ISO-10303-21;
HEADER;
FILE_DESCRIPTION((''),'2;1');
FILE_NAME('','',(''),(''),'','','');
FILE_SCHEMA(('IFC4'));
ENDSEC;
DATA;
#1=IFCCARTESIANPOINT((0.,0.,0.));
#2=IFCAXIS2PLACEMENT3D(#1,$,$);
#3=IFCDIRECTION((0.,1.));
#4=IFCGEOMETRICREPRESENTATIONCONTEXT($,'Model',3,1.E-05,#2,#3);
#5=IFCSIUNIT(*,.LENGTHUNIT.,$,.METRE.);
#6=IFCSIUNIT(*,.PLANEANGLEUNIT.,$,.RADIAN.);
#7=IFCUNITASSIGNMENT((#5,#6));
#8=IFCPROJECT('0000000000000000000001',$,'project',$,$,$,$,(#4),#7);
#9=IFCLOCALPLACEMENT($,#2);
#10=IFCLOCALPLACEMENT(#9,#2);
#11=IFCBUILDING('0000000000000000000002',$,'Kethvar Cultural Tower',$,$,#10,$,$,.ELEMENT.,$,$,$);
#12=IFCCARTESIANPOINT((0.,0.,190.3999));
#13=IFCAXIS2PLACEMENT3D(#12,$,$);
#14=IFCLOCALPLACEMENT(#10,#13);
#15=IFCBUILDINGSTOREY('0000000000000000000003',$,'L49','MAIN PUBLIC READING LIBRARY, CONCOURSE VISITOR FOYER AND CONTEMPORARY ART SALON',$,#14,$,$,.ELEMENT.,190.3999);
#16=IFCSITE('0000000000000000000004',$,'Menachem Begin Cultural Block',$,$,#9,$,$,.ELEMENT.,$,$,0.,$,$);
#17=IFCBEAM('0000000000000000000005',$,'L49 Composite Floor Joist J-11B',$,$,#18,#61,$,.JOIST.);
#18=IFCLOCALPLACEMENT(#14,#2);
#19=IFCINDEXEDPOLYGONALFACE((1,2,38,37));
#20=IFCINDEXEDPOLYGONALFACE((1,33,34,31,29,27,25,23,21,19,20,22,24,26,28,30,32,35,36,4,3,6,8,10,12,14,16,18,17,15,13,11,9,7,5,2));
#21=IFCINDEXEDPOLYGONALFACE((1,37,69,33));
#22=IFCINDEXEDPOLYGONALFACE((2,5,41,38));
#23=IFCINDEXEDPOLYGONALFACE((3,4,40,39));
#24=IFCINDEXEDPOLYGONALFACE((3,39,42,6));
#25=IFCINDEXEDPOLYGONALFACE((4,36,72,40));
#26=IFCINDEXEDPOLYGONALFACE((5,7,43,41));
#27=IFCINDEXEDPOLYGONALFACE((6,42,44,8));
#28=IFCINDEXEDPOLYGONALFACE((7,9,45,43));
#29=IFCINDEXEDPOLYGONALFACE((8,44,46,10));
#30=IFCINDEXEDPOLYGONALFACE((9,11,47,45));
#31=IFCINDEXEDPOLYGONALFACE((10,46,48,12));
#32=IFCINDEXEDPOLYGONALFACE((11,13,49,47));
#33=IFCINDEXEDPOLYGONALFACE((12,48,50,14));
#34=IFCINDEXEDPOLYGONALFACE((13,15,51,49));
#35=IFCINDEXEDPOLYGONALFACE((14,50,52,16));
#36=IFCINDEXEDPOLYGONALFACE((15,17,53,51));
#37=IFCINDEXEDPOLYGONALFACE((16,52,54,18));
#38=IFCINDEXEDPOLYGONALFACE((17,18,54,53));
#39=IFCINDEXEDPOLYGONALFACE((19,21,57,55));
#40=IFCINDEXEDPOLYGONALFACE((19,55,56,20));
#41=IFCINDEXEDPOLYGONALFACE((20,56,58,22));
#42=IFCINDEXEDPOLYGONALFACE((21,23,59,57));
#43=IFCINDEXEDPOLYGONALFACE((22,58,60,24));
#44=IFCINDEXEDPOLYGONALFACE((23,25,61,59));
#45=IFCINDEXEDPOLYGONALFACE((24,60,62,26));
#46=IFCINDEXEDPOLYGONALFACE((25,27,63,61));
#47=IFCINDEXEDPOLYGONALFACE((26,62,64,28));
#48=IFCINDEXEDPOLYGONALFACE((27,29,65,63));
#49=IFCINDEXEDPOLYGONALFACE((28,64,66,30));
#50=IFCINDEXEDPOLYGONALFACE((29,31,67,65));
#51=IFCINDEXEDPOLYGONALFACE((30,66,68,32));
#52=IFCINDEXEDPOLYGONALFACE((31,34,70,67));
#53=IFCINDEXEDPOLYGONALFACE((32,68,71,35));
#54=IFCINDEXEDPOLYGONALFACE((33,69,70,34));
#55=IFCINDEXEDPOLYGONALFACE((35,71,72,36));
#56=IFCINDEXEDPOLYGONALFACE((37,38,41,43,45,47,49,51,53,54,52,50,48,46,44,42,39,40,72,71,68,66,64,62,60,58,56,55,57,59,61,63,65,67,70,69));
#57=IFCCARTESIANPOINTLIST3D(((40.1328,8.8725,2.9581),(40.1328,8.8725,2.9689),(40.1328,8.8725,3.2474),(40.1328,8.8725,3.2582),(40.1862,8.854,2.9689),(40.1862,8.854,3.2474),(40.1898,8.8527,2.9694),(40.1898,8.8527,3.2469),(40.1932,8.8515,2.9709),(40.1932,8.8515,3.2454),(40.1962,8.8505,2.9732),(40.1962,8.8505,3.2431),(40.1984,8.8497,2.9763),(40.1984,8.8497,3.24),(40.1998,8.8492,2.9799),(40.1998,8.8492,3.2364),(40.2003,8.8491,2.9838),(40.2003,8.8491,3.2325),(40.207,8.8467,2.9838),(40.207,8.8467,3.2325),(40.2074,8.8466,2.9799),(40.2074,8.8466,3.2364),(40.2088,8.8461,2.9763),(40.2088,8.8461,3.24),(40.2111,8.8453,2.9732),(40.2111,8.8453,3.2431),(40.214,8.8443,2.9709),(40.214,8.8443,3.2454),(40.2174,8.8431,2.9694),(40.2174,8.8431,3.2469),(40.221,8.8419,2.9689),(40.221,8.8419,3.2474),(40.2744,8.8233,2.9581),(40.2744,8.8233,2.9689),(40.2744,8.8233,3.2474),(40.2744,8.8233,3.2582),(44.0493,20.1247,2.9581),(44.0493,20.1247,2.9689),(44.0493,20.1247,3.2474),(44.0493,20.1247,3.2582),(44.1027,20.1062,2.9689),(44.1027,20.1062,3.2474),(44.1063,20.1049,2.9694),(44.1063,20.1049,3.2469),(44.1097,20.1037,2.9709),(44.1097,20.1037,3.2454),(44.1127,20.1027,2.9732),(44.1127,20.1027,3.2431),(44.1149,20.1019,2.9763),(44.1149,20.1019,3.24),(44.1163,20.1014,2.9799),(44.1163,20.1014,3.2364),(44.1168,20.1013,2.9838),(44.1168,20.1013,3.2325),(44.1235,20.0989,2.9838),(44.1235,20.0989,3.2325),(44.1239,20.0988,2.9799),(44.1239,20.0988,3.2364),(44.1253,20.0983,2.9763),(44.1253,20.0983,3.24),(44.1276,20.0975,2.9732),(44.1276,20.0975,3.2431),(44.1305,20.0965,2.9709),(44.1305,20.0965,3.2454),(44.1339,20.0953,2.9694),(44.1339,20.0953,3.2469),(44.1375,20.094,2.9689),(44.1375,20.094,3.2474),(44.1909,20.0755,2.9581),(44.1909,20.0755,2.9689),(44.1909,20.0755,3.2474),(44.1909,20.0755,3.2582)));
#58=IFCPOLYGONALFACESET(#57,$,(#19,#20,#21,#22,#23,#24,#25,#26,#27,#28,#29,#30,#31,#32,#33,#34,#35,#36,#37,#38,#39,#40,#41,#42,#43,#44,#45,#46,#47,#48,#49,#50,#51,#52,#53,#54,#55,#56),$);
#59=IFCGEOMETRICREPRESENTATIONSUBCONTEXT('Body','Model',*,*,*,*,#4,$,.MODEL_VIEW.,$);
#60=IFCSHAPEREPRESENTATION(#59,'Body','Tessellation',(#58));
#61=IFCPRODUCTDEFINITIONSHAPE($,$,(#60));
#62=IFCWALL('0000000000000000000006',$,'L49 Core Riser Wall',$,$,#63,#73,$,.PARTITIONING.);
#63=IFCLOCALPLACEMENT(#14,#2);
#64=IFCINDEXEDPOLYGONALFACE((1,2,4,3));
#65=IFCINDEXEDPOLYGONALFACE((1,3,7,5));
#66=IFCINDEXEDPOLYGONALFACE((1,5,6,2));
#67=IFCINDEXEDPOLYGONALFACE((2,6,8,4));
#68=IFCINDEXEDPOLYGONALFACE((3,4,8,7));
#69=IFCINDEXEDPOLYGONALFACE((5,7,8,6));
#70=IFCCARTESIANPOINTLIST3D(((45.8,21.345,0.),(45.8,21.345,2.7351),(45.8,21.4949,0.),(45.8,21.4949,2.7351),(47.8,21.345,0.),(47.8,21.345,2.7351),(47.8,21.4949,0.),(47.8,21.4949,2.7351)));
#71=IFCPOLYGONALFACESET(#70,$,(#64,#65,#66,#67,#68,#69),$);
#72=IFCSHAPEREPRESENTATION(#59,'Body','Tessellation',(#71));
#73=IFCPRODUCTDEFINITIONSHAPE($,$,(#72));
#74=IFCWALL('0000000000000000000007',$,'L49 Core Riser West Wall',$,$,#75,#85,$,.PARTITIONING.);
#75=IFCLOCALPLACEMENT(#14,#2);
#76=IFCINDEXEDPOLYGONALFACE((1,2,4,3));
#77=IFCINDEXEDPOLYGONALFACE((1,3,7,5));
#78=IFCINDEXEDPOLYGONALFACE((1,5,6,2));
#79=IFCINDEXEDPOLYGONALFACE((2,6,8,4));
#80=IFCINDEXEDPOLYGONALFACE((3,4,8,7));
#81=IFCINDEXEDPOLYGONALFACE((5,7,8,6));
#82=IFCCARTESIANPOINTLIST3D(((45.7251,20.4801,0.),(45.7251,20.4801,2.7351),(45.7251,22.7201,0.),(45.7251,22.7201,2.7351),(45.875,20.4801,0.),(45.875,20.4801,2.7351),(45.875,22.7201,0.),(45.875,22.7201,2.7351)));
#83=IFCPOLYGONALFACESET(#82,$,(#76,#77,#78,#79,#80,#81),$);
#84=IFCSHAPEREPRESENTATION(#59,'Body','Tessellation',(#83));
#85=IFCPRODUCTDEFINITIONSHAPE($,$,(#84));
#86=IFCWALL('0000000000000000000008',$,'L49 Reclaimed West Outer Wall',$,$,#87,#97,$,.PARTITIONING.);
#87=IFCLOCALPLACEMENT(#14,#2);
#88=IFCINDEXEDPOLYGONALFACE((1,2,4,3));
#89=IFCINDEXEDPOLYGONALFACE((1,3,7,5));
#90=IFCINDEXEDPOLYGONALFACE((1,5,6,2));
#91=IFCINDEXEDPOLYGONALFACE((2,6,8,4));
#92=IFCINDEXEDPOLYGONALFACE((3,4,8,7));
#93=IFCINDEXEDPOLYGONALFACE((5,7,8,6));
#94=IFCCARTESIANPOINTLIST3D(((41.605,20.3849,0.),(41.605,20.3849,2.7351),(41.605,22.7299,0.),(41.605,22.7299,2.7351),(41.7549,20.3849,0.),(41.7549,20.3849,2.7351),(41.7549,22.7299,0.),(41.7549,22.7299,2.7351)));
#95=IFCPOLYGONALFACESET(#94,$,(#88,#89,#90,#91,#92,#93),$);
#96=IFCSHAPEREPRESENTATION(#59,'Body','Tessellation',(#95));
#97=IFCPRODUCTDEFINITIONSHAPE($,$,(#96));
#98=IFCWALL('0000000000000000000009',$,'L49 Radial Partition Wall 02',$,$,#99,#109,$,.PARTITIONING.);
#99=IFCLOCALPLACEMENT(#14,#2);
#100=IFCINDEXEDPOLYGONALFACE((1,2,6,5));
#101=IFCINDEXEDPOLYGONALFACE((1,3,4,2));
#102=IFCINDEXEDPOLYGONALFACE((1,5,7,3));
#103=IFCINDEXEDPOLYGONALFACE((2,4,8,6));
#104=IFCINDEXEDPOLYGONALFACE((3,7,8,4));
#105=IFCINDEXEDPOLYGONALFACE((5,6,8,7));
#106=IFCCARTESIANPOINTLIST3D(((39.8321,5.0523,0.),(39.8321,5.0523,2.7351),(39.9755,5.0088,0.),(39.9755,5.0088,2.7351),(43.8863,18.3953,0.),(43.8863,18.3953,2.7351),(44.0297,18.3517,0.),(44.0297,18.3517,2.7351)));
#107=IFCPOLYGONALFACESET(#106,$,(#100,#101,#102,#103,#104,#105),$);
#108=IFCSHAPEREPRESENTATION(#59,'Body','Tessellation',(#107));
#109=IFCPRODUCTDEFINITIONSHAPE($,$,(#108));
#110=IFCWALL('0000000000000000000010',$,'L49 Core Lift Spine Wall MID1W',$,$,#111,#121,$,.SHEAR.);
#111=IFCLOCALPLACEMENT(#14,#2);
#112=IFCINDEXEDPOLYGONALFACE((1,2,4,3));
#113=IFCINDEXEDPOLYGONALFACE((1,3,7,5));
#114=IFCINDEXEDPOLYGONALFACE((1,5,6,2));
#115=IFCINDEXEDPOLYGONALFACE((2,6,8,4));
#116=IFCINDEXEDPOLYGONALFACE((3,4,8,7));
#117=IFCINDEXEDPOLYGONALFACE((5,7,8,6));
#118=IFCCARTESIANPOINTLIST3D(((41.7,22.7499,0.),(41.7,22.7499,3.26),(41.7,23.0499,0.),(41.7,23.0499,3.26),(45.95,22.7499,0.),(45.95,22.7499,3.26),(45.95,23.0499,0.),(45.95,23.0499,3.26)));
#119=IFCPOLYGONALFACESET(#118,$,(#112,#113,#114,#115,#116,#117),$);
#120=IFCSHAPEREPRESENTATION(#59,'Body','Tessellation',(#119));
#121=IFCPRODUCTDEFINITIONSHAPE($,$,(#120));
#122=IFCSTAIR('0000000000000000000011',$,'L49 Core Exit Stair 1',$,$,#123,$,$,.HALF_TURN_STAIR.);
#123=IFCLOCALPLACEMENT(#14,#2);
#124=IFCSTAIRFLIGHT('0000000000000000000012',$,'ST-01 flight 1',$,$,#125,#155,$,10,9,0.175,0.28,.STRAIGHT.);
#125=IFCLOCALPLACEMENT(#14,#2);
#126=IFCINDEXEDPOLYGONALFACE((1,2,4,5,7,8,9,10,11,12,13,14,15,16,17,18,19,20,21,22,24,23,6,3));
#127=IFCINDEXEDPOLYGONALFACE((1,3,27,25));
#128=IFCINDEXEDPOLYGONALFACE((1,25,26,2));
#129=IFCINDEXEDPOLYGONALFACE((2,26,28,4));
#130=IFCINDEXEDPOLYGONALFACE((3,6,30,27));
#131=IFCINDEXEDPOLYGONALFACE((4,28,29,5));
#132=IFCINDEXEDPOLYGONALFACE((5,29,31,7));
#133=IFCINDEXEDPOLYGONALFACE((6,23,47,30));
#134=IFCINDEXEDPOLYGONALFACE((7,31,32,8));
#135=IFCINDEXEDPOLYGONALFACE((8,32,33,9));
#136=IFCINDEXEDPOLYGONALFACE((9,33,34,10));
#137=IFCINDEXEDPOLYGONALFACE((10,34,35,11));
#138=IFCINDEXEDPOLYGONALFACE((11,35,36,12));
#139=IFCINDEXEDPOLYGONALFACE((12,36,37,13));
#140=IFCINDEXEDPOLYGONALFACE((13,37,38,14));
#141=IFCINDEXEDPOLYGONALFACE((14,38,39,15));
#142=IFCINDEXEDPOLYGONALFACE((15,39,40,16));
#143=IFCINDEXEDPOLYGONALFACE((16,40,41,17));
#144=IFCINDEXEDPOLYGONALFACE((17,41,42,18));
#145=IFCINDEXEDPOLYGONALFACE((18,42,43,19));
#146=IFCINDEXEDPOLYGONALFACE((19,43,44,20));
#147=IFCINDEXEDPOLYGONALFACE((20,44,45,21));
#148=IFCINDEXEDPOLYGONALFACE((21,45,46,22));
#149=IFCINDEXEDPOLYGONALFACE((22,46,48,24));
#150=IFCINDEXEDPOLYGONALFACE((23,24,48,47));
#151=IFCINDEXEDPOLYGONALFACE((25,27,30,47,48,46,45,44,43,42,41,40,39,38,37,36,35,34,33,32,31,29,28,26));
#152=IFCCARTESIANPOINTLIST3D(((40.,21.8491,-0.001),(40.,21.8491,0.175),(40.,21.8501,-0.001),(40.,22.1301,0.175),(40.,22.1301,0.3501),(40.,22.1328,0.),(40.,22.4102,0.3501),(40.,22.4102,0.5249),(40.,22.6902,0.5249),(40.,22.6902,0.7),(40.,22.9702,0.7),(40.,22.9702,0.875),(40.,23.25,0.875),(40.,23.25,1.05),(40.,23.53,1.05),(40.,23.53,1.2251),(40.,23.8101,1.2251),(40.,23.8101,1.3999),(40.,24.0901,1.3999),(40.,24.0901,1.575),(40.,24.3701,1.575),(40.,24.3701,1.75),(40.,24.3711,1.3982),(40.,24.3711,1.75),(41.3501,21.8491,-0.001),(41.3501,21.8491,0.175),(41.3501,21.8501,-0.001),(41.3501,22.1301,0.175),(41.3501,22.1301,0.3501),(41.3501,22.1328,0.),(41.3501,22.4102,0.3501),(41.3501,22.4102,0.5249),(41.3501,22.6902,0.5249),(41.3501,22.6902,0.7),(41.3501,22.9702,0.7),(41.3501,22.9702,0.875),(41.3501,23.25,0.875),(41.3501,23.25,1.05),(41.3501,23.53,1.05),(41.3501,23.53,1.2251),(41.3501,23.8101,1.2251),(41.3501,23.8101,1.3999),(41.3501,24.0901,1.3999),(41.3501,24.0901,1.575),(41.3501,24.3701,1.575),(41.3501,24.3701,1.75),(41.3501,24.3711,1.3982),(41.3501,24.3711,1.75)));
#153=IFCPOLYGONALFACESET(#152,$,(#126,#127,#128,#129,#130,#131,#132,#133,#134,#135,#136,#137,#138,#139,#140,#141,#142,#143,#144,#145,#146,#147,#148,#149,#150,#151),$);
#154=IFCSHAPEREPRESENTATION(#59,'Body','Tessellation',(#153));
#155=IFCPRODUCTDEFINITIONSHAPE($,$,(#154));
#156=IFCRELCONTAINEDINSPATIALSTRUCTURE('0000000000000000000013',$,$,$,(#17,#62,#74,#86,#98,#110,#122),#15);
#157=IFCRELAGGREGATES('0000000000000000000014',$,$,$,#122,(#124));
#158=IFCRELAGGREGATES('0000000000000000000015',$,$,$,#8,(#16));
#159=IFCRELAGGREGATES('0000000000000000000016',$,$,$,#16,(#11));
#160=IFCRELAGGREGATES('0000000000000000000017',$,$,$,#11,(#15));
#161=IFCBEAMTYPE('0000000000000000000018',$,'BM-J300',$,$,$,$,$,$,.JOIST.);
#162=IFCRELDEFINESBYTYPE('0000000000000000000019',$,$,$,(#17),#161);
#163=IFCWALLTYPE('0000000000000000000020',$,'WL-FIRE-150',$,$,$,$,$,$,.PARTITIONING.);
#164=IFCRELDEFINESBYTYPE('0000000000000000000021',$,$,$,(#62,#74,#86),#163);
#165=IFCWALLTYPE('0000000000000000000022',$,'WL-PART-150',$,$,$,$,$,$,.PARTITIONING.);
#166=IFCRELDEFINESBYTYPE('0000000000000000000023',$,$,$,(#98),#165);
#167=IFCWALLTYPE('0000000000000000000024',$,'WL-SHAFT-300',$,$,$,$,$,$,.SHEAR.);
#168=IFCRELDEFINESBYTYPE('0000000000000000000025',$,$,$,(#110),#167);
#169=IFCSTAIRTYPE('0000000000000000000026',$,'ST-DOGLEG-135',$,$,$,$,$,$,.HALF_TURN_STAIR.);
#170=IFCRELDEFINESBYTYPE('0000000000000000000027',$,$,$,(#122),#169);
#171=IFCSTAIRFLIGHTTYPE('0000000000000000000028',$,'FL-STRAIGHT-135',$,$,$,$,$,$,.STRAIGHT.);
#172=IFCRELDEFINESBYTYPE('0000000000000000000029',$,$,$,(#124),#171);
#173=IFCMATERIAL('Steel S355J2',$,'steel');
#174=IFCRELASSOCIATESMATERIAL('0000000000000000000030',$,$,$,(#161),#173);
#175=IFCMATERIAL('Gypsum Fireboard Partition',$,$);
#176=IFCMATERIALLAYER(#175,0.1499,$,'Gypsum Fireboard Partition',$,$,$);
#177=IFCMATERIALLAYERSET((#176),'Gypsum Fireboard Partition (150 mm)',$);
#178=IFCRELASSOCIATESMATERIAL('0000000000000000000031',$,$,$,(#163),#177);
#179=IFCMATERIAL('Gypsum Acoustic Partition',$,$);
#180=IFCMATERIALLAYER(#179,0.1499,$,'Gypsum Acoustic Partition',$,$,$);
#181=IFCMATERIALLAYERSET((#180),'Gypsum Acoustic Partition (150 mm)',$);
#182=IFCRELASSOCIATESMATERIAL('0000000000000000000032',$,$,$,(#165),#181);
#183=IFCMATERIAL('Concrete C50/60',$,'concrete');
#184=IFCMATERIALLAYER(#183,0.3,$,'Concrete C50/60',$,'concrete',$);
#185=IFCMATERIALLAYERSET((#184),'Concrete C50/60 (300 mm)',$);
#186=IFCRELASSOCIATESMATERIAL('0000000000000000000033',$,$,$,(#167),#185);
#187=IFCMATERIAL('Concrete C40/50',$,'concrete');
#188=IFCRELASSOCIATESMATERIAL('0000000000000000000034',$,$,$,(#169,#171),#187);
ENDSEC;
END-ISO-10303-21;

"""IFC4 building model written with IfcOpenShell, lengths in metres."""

from ifc_helpers import new_model, si_unit, direction, frame, frame_2d, origin, origin_2d, place, context, subcontext, project, spatial, polyline, rectangle, i_section, outline, extrude, source, transform, mapped, material, layer, layer_set, material_profile, profile_set, type_object, element, aggregate, save


model = new_model("IFC4")

# Units and contexts
model_context = context("Model", 3, precision=1e-05, world=origin(), true_north=direction((0.0, 1.0)))
body_context = subcontext(model_context, "Body", "Model", "MODEL_VIEW")
ifc_project = project(units=[si_unit("LENGTHUNIT", "METRE"), si_unit("PLANEANGLEUNIT", "RADIAN")], contexts=[model_context])

# Site, building, storey
site_placement = place(None, origin())
site = spatial("IfcSite", under=ifc_project, at=site_placement, Name="Menachem Begin Cultural Block", CompositionType="ELEMENT", RefElevation=0.0)
building_placement = place(site_placement, origin())
building = spatial("IfcBuilding", under=site, at=building_placement, Name="Kethvar Cultural Tower", CompositionType="ELEMENT")
storey_placement = place(building_placement, frame((0.0, 0.0, 190.3999)))
storey = spatial("IfcBuildingStorey", under=building, at=storey_placement, Name="L49", Description="MAIN PUBLIC READING LIBRARY, CONCOURSE VISITOR FOYER AND CONTEMPORARY ART SALON", CompositionType="ELEMENT", Elevation=190.3999)

# Beam
ifc_material_1 = material(Name="Steel S355J2", Category="steel")
ifc_material_profile_1 = material_profile(ifc_material_1, i_section(OverallWidth=0.1499, OverallDepth=0.3, WebThickness=0.0071, FlangeThickness=0.0107, FilletRadius=0.0149, at=origin_2d()), Name="Steel S355J2 — IPE300")
ifc_profile_set_1 = profile_set([ifc_material_profile_1], Name="Steel S355J2 — IPE300")
beam_type_1 = type_object("IfcBeamType", Name="BM-J300", PredefinedType="JOIST", material=ifc_profile_set_1)
shared_shape_1 = source(origin(), body_context, "Body", "SweptSolid", [
    extrude(i_section(OverallWidth=0.1499, OverallDepth=0.3, WebThickness=0.0071, FlangeThickness=0.0107, FilletRadius=0.0149, at=origin_2d()), origin(), (0.0, 0.0, 1.0), 11.9143),
])
beam_1_placement = place(storey_placement, frame((44.1201, 20.1001, 3.1082), z_axis=(-0.328722, -0.944427, 0.0), x_axis=(0.944427, -0.328722, 0.0)))
element("IfcBeam", 1, at=beam_1_placement, inside=storey, type_object=beam_type_1, Name="L49 Composite Floor Joist J-11B", PredefinedType="JOIST", context=body_context, shape_type="MappedRepresentation", body=[
    mapped(shared_shape_1, transform((0.0, 0.0, 0.0), scale=1.0)),
])

# Walls
ifc_material_2 = material(Name="Gypsum Fireboard Partition")
ifc_layer_1 = layer(ifc_material_2, 0.1499, Name="Gypsum Fireboard Partition")
ifc_layer_set_1 = layer_set([ifc_layer_1], Name="Gypsum Fireboard Partition (150 mm)")
wall_type_1 = type_object("IfcWallType", Name="WL-FIRE-150", PredefinedType="PARTITIONING", material=ifc_layer_set_1)
wall_1_placement = place(storey_placement, frame((45.8, 21.4199, 0.0), z_axis=(0.0, 0.0, 1.0), x_axis=(1.0, 0.0, 0.0)))
element("IfcWall", 2, at=wall_1_placement, inside=storey, type_object=wall_type_1, Name="L49 Core Riser Wall", PredefinedType="PARTITIONING", context=body_context, shape_type="SweptSolid", body=[
    extrude(rectangle(XDim=2.0, YDim=0.1499, at=frame_2d((1.0, 0.0))), origin(), (0.0, 0.0, 1.0), 2.7351),
])
wall_2_placement = place(storey_placement, frame((45.8, 20.48, 0.0), z_axis=(0.0, 0.0, 1.0), x_axis=(0.0, 1.0, 0.0)))
element("IfcWall", 3, at=wall_2_placement, inside=storey, type_object=wall_type_1, Name="L49 Core Riser West Wall", PredefinedType="PARTITIONING", context=body_context, shape_type="SweptSolid", body=[
    extrude(rectangle(XDim=2.24, YDim=0.1499, at=frame_2d((1.1201, 0.0))), origin(), (0.0, 0.0, 1.0), 2.7351),
])
wall_3_placement = place(storey_placement, frame((41.6799, 20.385, 0.0), z_axis=(0.0, 0.0, 1.0), x_axis=(0.0, 1.0, 0.0)))
element("IfcWall", 4, at=wall_3_placement, inside=storey, type_object=wall_type_1, Name="L49 Reclaimed West Outer Wall", PredefinedType="PARTITIONING", context=body_context, shape_type="SweptSolid", body=[
    extrude(rectangle(XDim=2.345, YDim=0.1499, at=frame_2d((1.1724, 0.0))), origin(), (0.0, 0.0, 1.0), 2.7351),
])

# Walls
ifc_material_3 = material(Name="Gypsum Acoustic Partition")
ifc_layer_2 = layer(ifc_material_3, 0.1499, Name="Gypsum Acoustic Partition")
ifc_layer_set_2 = layer_set([ifc_layer_2], Name="Gypsum Acoustic Partition (150 mm)")
wall_type_2 = type_object("IfcWallType", Name="WL-PART-150", PredefinedType="PARTITIONING", material=ifc_layer_set_2)
wall_4_placement = place(storey_placement, frame((43.958, 18.3735, 0.0), z_axis=(0.0, 0.0, 1.0), x_axis=(-0.290721, -0.956808, 0.0)))
element("IfcWall", 5, at=wall_4_placement, inside=storey, type_object=wall_type_2, Name="L49 Radial Partition Wall 02", PredefinedType="PARTITIONING", context=body_context, shape_type="SweptSolid", body=[
    extrude(rectangle(XDim=13.9453, YDim=0.1499, at=frame_2d((6.9727, 0.0))), origin(), (0.0, 0.0, 1.0), 2.7351),
])
ifc_material_4 = material(Name="Concrete C50/60", Category="concrete")
ifc_layer_3 = layer(ifc_material_4, 0.3, Name="Concrete C50/60", Category="concrete")
ifc_layer_set_3 = layer_set([ifc_layer_3], Name="Concrete C50/60 (300 mm)")
wall_type_3 = type_object("IfcWallType", Name="WL-SHAFT-300", PredefinedType="SHEAR", material=ifc_layer_set_3)
wall_5_placement = place(storey_placement, frame((41.7, 22.8999, 0.0), z_axis=(0.0, 0.0, 1.0), x_axis=(1.0, 0.0, 0.0)))
element("IfcWall", 6, at=wall_5_placement, inside=storey, type_object=wall_type_3, Name="L49 Core Lift Spine Wall MID1W", PredefinedType="SHEAR", context=body_context, shape_type="SweptSolid", body=[
    extrude(rectangle(XDim=4.25, YDim=0.3, at=frame_2d((2.125, 0.0))), origin(), (0.0, 0.0, 1.0), 3.26),
])

# Stair, stair flight
ifc_material_5 = material(Name="Concrete C40/50", Category="concrete")
stair_type = type_object("IfcStairType", Name="ST-DOGLEG-135", PredefinedType="HALF_TURN_STAIR", material=ifc_material_5)
stair_placement = place(storey_placement, origin())
stair = element("IfcStair", 7, at=stair_placement, inside=storey, type_object=stair_type, Name="L49 Core Exit Stair 1", PredefinedType="HALF_TURN_STAIR")
stair_flight_type = type_object("IfcStairFlightType", Name="FL-STRAIGHT-135", PredefinedType="STRAIGHT", material=ifc_material_5)
stair_flight_placement = place(storey_placement, frame((40.675, 21.8501, 0.0), z_axis=(0.0, 0.0, 1.0), x_axis=(0.0, 1.0, 0.0)))
stair_flight = element("IfcStairFlight", 8, at=stair_flight_placement, type_object=stair_flight_type, Name="ST-01 flight 1", NumberOfRisers=10, NumberOfTreads=9, PredefinedType="STRAIGHT", RiserHeight=0.175, TreadLength=0.28, context=body_context, shape_type="SweptSolid", body=[
    extrude(outline(polyline([(-0.001, -0.001), (-0.001, 0.175), (0.28, 0.175), (0.28, 0.3501), (0.5601, 0.3501), (0.5601, 0.5249), (0.8401, 0.5249), (0.8401, 0.7), (1.1201, 0.7), (1.1201, 0.875), (1.3999, 0.875), (1.3999, 1.05), (1.6799, 1.05), (1.6799, 1.2251), (1.96, 1.2251), (1.96, 1.3999), (2.24, 1.3999), (2.24, 1.575), (2.52, 1.575), (2.52, 1.75), (2.521, 1.75), (2.521, 1.3982), (0.2827, 0.0), (0.0, -0.001), (-0.001, -0.001)])), frame((0.0, 0.675, 0.0), z_axis=(0.0, -1.0, 0.0), x_axis=(1.0, 0.0, 0.0)), (0.0, 0.0, 1.0), 1.3501),
])
aggregate(stair, [stair_flight])

save(model, "model.ifc")
